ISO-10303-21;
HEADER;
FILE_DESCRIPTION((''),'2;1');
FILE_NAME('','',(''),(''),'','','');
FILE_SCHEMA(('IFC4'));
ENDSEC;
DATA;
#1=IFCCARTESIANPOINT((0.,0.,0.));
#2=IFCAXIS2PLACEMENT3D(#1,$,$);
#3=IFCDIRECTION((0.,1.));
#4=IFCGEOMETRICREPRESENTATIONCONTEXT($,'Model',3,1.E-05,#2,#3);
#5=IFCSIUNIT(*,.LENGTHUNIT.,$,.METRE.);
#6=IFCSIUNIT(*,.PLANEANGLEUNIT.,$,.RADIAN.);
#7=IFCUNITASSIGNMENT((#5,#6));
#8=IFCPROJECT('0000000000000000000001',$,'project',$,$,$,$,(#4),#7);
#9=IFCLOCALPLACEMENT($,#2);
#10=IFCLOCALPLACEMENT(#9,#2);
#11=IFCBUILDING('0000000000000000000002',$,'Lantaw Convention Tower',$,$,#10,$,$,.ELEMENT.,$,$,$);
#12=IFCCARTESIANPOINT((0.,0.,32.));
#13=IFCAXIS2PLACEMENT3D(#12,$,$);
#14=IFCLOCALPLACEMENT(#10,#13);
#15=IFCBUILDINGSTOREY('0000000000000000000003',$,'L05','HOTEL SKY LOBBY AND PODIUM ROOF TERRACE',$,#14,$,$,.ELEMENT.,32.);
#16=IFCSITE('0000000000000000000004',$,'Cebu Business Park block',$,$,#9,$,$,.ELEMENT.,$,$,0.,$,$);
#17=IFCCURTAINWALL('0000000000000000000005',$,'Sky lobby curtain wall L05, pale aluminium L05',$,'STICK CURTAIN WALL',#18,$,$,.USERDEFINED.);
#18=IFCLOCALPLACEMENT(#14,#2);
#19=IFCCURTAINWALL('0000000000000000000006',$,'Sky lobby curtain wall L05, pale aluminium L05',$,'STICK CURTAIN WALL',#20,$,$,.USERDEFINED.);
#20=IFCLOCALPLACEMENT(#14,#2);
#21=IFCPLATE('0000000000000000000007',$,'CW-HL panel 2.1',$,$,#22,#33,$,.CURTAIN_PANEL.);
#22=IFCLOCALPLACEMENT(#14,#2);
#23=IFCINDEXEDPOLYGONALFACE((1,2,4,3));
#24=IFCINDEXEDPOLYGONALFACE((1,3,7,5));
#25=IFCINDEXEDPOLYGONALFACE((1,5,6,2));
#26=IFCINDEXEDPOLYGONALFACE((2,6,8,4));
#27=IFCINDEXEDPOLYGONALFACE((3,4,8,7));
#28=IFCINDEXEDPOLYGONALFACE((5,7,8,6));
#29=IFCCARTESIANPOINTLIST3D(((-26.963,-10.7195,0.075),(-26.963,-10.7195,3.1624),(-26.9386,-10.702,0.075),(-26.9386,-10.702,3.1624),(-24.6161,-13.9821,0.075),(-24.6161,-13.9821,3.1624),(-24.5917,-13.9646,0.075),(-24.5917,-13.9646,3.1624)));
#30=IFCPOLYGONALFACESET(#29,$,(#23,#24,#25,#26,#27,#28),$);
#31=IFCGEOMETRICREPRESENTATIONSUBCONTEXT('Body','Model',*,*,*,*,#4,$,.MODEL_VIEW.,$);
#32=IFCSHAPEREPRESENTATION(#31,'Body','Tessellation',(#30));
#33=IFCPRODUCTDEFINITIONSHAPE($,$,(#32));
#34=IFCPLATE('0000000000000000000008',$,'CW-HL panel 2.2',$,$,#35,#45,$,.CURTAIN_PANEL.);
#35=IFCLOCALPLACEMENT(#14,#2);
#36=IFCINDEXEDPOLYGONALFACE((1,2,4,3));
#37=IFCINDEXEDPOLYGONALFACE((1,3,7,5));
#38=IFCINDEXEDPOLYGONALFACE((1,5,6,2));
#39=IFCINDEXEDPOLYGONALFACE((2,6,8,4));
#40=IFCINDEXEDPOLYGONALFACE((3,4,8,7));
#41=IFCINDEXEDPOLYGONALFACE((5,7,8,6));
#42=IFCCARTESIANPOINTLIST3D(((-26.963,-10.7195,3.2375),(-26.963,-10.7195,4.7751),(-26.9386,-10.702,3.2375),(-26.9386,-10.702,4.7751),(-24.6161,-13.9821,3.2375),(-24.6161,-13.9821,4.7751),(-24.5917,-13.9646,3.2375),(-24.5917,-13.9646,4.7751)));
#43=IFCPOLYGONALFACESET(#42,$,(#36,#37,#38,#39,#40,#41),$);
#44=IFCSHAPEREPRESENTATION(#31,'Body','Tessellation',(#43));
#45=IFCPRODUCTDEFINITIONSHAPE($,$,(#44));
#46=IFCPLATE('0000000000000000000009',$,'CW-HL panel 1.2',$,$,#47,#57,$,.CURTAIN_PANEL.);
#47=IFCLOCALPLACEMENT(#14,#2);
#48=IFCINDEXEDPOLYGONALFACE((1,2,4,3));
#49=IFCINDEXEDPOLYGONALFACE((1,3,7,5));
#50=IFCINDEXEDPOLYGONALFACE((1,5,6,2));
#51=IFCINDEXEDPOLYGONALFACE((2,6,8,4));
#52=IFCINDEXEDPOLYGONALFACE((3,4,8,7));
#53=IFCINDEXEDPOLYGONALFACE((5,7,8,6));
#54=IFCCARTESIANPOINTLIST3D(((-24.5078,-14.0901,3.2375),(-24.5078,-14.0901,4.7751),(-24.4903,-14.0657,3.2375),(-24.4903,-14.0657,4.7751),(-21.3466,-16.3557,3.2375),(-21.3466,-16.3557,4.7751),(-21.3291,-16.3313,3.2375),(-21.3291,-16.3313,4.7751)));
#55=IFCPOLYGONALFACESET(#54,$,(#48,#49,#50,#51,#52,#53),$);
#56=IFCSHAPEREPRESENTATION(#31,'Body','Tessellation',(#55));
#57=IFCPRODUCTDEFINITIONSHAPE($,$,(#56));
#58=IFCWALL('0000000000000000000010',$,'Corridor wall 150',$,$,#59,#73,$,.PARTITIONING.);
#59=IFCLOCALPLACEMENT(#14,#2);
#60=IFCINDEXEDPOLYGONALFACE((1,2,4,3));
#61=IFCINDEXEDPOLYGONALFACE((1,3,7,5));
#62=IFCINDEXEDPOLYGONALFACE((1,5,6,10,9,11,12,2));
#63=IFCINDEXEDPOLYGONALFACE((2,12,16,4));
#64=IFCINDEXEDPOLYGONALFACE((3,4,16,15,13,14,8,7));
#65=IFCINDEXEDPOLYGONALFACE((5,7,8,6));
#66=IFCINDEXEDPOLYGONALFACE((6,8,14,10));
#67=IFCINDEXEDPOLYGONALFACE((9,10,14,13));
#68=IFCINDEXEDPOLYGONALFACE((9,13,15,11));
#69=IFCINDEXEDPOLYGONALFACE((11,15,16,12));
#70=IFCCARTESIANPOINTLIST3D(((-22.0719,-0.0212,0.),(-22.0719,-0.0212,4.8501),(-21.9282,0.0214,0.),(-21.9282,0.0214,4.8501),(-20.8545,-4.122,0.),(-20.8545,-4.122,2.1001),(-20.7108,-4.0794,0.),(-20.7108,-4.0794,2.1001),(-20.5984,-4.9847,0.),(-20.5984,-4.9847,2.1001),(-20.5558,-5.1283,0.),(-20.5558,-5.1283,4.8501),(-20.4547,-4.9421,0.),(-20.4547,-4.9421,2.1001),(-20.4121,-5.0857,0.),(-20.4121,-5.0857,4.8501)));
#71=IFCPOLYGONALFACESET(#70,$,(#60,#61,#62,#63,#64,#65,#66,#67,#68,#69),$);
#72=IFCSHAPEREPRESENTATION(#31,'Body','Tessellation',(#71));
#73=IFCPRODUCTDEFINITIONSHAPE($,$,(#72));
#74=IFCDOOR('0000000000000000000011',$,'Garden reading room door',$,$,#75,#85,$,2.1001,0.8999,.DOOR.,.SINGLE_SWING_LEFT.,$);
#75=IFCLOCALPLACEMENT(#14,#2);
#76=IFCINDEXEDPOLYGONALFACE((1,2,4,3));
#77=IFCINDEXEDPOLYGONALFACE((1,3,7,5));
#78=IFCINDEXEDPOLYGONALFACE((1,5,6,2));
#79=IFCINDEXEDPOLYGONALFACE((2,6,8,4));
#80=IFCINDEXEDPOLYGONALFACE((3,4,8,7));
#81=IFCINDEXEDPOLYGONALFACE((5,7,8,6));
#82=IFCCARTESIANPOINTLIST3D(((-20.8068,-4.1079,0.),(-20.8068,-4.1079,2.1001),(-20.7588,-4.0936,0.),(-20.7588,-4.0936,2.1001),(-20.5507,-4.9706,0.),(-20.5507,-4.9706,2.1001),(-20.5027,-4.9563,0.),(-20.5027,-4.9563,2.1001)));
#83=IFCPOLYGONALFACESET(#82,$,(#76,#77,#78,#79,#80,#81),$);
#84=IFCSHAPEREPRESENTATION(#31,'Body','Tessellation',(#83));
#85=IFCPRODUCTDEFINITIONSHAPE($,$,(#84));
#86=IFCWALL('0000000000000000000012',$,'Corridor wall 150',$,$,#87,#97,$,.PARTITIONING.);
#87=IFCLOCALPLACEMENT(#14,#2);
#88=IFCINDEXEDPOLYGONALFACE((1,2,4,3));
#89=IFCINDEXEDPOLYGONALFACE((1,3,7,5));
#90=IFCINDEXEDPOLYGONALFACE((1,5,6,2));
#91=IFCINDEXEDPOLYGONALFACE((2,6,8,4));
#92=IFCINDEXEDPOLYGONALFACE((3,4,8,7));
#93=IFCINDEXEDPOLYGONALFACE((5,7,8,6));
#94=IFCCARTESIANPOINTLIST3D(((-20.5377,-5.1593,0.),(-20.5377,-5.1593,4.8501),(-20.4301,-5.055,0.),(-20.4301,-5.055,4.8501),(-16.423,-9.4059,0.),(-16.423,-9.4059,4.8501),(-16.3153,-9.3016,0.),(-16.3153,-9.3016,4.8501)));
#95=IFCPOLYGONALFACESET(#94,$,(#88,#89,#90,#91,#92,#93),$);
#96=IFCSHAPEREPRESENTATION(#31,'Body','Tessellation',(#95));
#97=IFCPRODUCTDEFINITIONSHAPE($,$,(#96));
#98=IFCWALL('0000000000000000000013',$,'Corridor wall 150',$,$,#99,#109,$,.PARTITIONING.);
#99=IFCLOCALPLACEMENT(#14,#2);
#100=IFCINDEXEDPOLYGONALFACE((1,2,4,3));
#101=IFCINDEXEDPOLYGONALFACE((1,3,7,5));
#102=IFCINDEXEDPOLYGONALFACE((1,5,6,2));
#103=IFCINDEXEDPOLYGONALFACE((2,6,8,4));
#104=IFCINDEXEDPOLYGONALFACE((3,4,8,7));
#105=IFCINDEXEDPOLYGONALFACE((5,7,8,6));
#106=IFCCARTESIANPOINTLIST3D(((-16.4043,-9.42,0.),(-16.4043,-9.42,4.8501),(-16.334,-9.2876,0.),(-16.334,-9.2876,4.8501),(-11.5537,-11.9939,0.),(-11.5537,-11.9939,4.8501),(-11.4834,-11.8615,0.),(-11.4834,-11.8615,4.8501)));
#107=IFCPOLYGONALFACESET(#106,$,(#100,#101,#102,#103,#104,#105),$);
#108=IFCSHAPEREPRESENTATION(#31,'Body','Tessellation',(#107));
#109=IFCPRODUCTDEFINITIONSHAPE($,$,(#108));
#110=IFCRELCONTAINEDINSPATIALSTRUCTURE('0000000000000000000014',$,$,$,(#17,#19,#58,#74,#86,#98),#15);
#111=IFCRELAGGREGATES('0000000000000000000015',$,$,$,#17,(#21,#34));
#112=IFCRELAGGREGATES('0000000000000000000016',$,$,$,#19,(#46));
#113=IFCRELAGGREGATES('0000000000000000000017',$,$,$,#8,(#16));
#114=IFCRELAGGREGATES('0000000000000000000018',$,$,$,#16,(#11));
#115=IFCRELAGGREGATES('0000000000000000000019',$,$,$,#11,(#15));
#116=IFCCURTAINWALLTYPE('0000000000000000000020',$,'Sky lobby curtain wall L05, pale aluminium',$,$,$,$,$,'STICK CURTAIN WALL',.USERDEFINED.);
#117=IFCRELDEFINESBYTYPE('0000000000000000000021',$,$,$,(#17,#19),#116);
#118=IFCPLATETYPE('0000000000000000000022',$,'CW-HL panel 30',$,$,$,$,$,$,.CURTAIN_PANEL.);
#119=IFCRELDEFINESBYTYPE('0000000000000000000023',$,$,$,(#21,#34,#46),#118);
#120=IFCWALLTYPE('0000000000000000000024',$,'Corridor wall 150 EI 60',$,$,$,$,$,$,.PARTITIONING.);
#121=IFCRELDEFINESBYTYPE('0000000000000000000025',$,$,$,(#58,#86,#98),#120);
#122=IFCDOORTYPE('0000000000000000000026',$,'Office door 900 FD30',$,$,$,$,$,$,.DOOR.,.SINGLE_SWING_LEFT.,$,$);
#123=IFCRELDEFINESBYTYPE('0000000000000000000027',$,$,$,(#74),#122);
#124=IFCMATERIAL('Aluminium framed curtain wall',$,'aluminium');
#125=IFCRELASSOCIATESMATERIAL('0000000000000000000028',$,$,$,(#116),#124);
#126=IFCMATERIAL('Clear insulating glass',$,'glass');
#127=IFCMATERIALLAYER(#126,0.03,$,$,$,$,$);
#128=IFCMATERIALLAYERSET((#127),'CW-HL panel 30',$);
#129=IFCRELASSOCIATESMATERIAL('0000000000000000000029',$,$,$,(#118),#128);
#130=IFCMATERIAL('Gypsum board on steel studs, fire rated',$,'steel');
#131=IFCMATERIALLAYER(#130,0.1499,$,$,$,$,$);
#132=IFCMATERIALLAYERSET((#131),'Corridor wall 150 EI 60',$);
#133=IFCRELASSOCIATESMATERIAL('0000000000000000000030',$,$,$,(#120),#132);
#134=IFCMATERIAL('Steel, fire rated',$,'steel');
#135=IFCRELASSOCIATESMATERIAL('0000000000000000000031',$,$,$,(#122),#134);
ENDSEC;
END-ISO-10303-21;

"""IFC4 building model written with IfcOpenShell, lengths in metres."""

from ifc_helpers import new_model, si_unit, direction, frame, frame_2d, origin, origin_2d, place, context, subcontext, project, spatial, rectangle, extrude, material, layer, layer_set, type_object, element, fill, aggregate, save


model = new_model("IFC4")

# Units and contexts
model_context = context("Model", 3, precision=1e-05, world=origin(), true_north=direction((0.0, 1.0)))
body_context = subcontext(model_context, "Body", "Model", "MODEL_VIEW")
ifc_project = project(units=[si_unit("LENGTHUNIT", "METRE"), si_unit("PLANEANGLEUNIT", "RADIAN")], contexts=[model_context])

# Site, building, storey
site_placement = place(None, origin())
site = spatial("IfcSite", under=ifc_project, at=site_placement, Name="Cebu Business Park block", CompositionType="ELEMENT", RefElevation=0.0)
building_placement = place(site_placement, origin())
building = spatial("IfcBuilding", under=site, at=building_placement, Name="Lantaw Convention Tower", CompositionType="ELEMENT")
storey_placement = place(building_placement, frame((0.0, 0.0, 32.0)))
storey = spatial("IfcBuildingStorey", under=building, at=storey_placement, Name="L05", Description="HOTEL SKY LOBBY AND PODIUM ROOF TERRACE", CompositionType="ELEMENT", Elevation=32.0)

# Curtain wall
ifc_material_1 = material(Name="Aluminium framed curtain wall", Category="aluminium")
curtain_wall_type = type_object("IfcCurtainWallType", Name="Sky lobby curtain wall L05, pale aluminium", ElementType="STICK CURTAIN WALL", PredefinedType="USERDEFINED", material=ifc_material_1)
curtain_wall_1_placement = place(storey_placement, origin())
curtain_wall_1 = element("IfcCurtainWall", 1, at=curtain_wall_1_placement, inside=storey, type_object=curtain_wall_type, Name="Sky lobby curtain wall L05, pale aluminium L05", ObjectType="STICK CURTAIN WALL", PredefinedType="USERDEFINED")

# Curtain wall
curtain_wall_2_placement = place(storey_placement, origin())
curtain_wall_2 = element("IfcCurtainWall", 2, at=curtain_wall_2_placement, inside=storey, type_object=curtain_wall_type, Name="Sky lobby curtain wall L05, pale aluminium L05", ObjectType="STICK CURTAIN WALL", PredefinedType="USERDEFINED")

# Plates
ifc_material_2 = material(Name="Clear insulating glass", Category="glass")
ifc_layer_1 = layer(ifc_material_2, 0.03)
ifc_layer_set_1 = layer_set([ifc_layer_1], Name="CW-HL panel 30")
plate_type = type_object("IfcPlateType", Name="CW-HL panel 30", PredefinedType="CURTAIN_PANEL", material=ifc_layer_set_1)
plate_1_placement = place(storey_placement, frame((-25.7773, -12.342, 0.075), z_axis=(0.0, 0.0, 1.0), x_axis=(0.583951, -0.811789, 0.0)))
plate_1 = element("IfcPlate", 3, at=plate_1_placement, type_object=plate_type, Name="CW-HL panel 2.1", PredefinedType="CURTAIN_PANEL", context=body_context, shape_type="SweptSolid", body=[
    extrude(rectangle(XDim=4.019, YDim=0.03, at=origin_2d()), origin(), (0.0, 0.0, 1.0), 3.0874),
])
plate_2_placement = place(storey_placement, frame((-25.7773, -12.342, 3.2375), z_axis=(0.0, 0.0, 1.0), x_axis=(0.583951, -0.811789, 0.0)))
plate_2 = element("IfcPlate", 4, at=plate_2_placement, type_object=plate_type, Name="CW-HL panel 2.2", PredefinedType="CURTAIN_PANEL", context=body_context, shape_type="SweptSolid", body=[
    extrude(rectangle(XDim=4.019, YDim=0.03, at=origin_2d()), origin(), (0.0, 0.0, 1.0), 1.5376),
])
aggregate(curtain_wall_1, [plate_1, plate_2])
plate_3_placement = place(storey_placement, frame((-22.9185, -15.2107, 3.2375), z_axis=(0.0, 0.0, 1.0), x_axis=(0.812804, -0.582538, 0.0)))
plate_3 = element("IfcPlate", 5, at=plate_3_placement, type_object=plate_type, Name="CW-HL panel 1.2", PredefinedType="CURTAIN_PANEL", context=body_context, shape_type="SweptSolid", body=[
    extrude(rectangle(XDim=3.8892, YDim=0.03, at=origin_2d()), origin(), (0.0, 0.0, 1.0), 1.5376),
])
aggregate(curtain_wall_2, [plate_3])

# Wall, opening, door
ifc_material_3 = material(Name="Gypsum board on steel studs, fire rated", Category="steel")
ifc_layer_2 = layer(ifc_material_3, 0.1499)
ifc_layer_set_2 = layer_set([ifc_layer_2], Name="Corridor wall 150 EI 60")
wall_type = type_object("IfcWallType", Name="Corridor wall 150 EI 60", PredefinedType="PARTITIONING", material=ifc_layer_set_2)
wall_1_placement = place(storey_placement, frame((-22.0, 0.0, 0.0), z_axis=(0.0, 0.0, 1.0), x_axis=(0.284584, -0.958651, 0.0)))
wall_1 = element("IfcWall", 6, at=wall_1_placement, inside=storey, type_object=wall_type, Name="Corridor wall 150", PredefinedType="PARTITIONING", context=body_context, shape_type="SweptSolid", body=[
    extrude(rectangle(XDim=5.3274, YDim=0.1499, at=frame_2d((2.6636, 0.0))), origin(), (0.0, 0.0, 1.0), 4.8501),
])
opening_placement = place(wall_1_placement, frame((4.2776, 0.0, 0.0)))
opening = element("IfcOpeningElement", 7, at=opening_placement, cuts=wall_1, PredefinedType="OPENING", context=body_context, shape_type="SweptSolid", body=[
    extrude(rectangle(XDim=0.8999, YDim=2.1001, at=frame_2d((0.45, 1.05))), frame((0.0, 0.085, 0.0), z_axis=(0.0, -1.0, 0.0), x_axis=(1.0, 0.0, 0.0)), (0.0, 0.0, 1.0), 0.1699),
])
ifc_material_4 = material(Name="Steel, fire rated", Category="steel")
door_type = type_object("IfcDoorType", Name="Office door 900 FD30", OperationType="SINGLE_SWING_LEFT", PredefinedType="DOOR", material=ifc_material_4)
door_placement = place(opening_placement, origin())
door = element("IfcDoor", 8, at=door_placement, inside=storey, type_object=door_type, Name="Garden reading room door", OperationType="SINGLE_SWING_LEFT", OverallHeight=2.1001, OverallWidth=0.8999, PredefinedType="DOOR", context=body_context, shape_type="SweptSolid", body=[
    extrude(rectangle(XDim=0.8999, YDim=2.1001, at=frame_2d((0.45, 1.05))), frame((0.0, 0.0249, 0.0), z_axis=(0.0, -1.0, 0.0), x_axis=(1.0, 0.0, 0.0)), (0.0, 0.0, 1.0), 0.05),
])
fill(opening, door)

# Walls
wall_2_placement = place(storey_placement, frame((-20.4839, -5.1072, 0.0), z_axis=(0.0, 0.0, 1.0), x_axis=(0.695871, -0.718167, 0.0)))
element("IfcWall", 9, at=wall_2_placement, inside=storey, type_object=wall_type, Name="Corridor wall 150", PredefinedType="PARTITIONING", context=body_context, shape_type="SweptSolid", body=[
    extrude(rectangle(XDim=5.9131, YDim=0.1499, at=frame_2d((2.9565, 0.0))), origin(), (0.0, 0.0, 1.0), 4.8501),
])
wall_3_placement = place(storey_placement, frame((-16.3691, -9.3538, 0.0), z_axis=(0.0, 0.0, 1.0), x_axis=(0.883334, -0.468743, 0.0)))
element("IfcWall", 10, at=wall_3_placement, inside=storey, type_object=wall_type, Name="Corridor wall 150", PredefinedType="PARTITIONING", context=body_context, shape_type="SweptSolid", body=[
    extrude(rectangle(XDim=5.4912, YDim=0.1499, at=frame_2d((2.7456, 0.0))), origin(), (0.0, 0.0, 1.0), 4.8501),
])

save(model, "model.ifc")
